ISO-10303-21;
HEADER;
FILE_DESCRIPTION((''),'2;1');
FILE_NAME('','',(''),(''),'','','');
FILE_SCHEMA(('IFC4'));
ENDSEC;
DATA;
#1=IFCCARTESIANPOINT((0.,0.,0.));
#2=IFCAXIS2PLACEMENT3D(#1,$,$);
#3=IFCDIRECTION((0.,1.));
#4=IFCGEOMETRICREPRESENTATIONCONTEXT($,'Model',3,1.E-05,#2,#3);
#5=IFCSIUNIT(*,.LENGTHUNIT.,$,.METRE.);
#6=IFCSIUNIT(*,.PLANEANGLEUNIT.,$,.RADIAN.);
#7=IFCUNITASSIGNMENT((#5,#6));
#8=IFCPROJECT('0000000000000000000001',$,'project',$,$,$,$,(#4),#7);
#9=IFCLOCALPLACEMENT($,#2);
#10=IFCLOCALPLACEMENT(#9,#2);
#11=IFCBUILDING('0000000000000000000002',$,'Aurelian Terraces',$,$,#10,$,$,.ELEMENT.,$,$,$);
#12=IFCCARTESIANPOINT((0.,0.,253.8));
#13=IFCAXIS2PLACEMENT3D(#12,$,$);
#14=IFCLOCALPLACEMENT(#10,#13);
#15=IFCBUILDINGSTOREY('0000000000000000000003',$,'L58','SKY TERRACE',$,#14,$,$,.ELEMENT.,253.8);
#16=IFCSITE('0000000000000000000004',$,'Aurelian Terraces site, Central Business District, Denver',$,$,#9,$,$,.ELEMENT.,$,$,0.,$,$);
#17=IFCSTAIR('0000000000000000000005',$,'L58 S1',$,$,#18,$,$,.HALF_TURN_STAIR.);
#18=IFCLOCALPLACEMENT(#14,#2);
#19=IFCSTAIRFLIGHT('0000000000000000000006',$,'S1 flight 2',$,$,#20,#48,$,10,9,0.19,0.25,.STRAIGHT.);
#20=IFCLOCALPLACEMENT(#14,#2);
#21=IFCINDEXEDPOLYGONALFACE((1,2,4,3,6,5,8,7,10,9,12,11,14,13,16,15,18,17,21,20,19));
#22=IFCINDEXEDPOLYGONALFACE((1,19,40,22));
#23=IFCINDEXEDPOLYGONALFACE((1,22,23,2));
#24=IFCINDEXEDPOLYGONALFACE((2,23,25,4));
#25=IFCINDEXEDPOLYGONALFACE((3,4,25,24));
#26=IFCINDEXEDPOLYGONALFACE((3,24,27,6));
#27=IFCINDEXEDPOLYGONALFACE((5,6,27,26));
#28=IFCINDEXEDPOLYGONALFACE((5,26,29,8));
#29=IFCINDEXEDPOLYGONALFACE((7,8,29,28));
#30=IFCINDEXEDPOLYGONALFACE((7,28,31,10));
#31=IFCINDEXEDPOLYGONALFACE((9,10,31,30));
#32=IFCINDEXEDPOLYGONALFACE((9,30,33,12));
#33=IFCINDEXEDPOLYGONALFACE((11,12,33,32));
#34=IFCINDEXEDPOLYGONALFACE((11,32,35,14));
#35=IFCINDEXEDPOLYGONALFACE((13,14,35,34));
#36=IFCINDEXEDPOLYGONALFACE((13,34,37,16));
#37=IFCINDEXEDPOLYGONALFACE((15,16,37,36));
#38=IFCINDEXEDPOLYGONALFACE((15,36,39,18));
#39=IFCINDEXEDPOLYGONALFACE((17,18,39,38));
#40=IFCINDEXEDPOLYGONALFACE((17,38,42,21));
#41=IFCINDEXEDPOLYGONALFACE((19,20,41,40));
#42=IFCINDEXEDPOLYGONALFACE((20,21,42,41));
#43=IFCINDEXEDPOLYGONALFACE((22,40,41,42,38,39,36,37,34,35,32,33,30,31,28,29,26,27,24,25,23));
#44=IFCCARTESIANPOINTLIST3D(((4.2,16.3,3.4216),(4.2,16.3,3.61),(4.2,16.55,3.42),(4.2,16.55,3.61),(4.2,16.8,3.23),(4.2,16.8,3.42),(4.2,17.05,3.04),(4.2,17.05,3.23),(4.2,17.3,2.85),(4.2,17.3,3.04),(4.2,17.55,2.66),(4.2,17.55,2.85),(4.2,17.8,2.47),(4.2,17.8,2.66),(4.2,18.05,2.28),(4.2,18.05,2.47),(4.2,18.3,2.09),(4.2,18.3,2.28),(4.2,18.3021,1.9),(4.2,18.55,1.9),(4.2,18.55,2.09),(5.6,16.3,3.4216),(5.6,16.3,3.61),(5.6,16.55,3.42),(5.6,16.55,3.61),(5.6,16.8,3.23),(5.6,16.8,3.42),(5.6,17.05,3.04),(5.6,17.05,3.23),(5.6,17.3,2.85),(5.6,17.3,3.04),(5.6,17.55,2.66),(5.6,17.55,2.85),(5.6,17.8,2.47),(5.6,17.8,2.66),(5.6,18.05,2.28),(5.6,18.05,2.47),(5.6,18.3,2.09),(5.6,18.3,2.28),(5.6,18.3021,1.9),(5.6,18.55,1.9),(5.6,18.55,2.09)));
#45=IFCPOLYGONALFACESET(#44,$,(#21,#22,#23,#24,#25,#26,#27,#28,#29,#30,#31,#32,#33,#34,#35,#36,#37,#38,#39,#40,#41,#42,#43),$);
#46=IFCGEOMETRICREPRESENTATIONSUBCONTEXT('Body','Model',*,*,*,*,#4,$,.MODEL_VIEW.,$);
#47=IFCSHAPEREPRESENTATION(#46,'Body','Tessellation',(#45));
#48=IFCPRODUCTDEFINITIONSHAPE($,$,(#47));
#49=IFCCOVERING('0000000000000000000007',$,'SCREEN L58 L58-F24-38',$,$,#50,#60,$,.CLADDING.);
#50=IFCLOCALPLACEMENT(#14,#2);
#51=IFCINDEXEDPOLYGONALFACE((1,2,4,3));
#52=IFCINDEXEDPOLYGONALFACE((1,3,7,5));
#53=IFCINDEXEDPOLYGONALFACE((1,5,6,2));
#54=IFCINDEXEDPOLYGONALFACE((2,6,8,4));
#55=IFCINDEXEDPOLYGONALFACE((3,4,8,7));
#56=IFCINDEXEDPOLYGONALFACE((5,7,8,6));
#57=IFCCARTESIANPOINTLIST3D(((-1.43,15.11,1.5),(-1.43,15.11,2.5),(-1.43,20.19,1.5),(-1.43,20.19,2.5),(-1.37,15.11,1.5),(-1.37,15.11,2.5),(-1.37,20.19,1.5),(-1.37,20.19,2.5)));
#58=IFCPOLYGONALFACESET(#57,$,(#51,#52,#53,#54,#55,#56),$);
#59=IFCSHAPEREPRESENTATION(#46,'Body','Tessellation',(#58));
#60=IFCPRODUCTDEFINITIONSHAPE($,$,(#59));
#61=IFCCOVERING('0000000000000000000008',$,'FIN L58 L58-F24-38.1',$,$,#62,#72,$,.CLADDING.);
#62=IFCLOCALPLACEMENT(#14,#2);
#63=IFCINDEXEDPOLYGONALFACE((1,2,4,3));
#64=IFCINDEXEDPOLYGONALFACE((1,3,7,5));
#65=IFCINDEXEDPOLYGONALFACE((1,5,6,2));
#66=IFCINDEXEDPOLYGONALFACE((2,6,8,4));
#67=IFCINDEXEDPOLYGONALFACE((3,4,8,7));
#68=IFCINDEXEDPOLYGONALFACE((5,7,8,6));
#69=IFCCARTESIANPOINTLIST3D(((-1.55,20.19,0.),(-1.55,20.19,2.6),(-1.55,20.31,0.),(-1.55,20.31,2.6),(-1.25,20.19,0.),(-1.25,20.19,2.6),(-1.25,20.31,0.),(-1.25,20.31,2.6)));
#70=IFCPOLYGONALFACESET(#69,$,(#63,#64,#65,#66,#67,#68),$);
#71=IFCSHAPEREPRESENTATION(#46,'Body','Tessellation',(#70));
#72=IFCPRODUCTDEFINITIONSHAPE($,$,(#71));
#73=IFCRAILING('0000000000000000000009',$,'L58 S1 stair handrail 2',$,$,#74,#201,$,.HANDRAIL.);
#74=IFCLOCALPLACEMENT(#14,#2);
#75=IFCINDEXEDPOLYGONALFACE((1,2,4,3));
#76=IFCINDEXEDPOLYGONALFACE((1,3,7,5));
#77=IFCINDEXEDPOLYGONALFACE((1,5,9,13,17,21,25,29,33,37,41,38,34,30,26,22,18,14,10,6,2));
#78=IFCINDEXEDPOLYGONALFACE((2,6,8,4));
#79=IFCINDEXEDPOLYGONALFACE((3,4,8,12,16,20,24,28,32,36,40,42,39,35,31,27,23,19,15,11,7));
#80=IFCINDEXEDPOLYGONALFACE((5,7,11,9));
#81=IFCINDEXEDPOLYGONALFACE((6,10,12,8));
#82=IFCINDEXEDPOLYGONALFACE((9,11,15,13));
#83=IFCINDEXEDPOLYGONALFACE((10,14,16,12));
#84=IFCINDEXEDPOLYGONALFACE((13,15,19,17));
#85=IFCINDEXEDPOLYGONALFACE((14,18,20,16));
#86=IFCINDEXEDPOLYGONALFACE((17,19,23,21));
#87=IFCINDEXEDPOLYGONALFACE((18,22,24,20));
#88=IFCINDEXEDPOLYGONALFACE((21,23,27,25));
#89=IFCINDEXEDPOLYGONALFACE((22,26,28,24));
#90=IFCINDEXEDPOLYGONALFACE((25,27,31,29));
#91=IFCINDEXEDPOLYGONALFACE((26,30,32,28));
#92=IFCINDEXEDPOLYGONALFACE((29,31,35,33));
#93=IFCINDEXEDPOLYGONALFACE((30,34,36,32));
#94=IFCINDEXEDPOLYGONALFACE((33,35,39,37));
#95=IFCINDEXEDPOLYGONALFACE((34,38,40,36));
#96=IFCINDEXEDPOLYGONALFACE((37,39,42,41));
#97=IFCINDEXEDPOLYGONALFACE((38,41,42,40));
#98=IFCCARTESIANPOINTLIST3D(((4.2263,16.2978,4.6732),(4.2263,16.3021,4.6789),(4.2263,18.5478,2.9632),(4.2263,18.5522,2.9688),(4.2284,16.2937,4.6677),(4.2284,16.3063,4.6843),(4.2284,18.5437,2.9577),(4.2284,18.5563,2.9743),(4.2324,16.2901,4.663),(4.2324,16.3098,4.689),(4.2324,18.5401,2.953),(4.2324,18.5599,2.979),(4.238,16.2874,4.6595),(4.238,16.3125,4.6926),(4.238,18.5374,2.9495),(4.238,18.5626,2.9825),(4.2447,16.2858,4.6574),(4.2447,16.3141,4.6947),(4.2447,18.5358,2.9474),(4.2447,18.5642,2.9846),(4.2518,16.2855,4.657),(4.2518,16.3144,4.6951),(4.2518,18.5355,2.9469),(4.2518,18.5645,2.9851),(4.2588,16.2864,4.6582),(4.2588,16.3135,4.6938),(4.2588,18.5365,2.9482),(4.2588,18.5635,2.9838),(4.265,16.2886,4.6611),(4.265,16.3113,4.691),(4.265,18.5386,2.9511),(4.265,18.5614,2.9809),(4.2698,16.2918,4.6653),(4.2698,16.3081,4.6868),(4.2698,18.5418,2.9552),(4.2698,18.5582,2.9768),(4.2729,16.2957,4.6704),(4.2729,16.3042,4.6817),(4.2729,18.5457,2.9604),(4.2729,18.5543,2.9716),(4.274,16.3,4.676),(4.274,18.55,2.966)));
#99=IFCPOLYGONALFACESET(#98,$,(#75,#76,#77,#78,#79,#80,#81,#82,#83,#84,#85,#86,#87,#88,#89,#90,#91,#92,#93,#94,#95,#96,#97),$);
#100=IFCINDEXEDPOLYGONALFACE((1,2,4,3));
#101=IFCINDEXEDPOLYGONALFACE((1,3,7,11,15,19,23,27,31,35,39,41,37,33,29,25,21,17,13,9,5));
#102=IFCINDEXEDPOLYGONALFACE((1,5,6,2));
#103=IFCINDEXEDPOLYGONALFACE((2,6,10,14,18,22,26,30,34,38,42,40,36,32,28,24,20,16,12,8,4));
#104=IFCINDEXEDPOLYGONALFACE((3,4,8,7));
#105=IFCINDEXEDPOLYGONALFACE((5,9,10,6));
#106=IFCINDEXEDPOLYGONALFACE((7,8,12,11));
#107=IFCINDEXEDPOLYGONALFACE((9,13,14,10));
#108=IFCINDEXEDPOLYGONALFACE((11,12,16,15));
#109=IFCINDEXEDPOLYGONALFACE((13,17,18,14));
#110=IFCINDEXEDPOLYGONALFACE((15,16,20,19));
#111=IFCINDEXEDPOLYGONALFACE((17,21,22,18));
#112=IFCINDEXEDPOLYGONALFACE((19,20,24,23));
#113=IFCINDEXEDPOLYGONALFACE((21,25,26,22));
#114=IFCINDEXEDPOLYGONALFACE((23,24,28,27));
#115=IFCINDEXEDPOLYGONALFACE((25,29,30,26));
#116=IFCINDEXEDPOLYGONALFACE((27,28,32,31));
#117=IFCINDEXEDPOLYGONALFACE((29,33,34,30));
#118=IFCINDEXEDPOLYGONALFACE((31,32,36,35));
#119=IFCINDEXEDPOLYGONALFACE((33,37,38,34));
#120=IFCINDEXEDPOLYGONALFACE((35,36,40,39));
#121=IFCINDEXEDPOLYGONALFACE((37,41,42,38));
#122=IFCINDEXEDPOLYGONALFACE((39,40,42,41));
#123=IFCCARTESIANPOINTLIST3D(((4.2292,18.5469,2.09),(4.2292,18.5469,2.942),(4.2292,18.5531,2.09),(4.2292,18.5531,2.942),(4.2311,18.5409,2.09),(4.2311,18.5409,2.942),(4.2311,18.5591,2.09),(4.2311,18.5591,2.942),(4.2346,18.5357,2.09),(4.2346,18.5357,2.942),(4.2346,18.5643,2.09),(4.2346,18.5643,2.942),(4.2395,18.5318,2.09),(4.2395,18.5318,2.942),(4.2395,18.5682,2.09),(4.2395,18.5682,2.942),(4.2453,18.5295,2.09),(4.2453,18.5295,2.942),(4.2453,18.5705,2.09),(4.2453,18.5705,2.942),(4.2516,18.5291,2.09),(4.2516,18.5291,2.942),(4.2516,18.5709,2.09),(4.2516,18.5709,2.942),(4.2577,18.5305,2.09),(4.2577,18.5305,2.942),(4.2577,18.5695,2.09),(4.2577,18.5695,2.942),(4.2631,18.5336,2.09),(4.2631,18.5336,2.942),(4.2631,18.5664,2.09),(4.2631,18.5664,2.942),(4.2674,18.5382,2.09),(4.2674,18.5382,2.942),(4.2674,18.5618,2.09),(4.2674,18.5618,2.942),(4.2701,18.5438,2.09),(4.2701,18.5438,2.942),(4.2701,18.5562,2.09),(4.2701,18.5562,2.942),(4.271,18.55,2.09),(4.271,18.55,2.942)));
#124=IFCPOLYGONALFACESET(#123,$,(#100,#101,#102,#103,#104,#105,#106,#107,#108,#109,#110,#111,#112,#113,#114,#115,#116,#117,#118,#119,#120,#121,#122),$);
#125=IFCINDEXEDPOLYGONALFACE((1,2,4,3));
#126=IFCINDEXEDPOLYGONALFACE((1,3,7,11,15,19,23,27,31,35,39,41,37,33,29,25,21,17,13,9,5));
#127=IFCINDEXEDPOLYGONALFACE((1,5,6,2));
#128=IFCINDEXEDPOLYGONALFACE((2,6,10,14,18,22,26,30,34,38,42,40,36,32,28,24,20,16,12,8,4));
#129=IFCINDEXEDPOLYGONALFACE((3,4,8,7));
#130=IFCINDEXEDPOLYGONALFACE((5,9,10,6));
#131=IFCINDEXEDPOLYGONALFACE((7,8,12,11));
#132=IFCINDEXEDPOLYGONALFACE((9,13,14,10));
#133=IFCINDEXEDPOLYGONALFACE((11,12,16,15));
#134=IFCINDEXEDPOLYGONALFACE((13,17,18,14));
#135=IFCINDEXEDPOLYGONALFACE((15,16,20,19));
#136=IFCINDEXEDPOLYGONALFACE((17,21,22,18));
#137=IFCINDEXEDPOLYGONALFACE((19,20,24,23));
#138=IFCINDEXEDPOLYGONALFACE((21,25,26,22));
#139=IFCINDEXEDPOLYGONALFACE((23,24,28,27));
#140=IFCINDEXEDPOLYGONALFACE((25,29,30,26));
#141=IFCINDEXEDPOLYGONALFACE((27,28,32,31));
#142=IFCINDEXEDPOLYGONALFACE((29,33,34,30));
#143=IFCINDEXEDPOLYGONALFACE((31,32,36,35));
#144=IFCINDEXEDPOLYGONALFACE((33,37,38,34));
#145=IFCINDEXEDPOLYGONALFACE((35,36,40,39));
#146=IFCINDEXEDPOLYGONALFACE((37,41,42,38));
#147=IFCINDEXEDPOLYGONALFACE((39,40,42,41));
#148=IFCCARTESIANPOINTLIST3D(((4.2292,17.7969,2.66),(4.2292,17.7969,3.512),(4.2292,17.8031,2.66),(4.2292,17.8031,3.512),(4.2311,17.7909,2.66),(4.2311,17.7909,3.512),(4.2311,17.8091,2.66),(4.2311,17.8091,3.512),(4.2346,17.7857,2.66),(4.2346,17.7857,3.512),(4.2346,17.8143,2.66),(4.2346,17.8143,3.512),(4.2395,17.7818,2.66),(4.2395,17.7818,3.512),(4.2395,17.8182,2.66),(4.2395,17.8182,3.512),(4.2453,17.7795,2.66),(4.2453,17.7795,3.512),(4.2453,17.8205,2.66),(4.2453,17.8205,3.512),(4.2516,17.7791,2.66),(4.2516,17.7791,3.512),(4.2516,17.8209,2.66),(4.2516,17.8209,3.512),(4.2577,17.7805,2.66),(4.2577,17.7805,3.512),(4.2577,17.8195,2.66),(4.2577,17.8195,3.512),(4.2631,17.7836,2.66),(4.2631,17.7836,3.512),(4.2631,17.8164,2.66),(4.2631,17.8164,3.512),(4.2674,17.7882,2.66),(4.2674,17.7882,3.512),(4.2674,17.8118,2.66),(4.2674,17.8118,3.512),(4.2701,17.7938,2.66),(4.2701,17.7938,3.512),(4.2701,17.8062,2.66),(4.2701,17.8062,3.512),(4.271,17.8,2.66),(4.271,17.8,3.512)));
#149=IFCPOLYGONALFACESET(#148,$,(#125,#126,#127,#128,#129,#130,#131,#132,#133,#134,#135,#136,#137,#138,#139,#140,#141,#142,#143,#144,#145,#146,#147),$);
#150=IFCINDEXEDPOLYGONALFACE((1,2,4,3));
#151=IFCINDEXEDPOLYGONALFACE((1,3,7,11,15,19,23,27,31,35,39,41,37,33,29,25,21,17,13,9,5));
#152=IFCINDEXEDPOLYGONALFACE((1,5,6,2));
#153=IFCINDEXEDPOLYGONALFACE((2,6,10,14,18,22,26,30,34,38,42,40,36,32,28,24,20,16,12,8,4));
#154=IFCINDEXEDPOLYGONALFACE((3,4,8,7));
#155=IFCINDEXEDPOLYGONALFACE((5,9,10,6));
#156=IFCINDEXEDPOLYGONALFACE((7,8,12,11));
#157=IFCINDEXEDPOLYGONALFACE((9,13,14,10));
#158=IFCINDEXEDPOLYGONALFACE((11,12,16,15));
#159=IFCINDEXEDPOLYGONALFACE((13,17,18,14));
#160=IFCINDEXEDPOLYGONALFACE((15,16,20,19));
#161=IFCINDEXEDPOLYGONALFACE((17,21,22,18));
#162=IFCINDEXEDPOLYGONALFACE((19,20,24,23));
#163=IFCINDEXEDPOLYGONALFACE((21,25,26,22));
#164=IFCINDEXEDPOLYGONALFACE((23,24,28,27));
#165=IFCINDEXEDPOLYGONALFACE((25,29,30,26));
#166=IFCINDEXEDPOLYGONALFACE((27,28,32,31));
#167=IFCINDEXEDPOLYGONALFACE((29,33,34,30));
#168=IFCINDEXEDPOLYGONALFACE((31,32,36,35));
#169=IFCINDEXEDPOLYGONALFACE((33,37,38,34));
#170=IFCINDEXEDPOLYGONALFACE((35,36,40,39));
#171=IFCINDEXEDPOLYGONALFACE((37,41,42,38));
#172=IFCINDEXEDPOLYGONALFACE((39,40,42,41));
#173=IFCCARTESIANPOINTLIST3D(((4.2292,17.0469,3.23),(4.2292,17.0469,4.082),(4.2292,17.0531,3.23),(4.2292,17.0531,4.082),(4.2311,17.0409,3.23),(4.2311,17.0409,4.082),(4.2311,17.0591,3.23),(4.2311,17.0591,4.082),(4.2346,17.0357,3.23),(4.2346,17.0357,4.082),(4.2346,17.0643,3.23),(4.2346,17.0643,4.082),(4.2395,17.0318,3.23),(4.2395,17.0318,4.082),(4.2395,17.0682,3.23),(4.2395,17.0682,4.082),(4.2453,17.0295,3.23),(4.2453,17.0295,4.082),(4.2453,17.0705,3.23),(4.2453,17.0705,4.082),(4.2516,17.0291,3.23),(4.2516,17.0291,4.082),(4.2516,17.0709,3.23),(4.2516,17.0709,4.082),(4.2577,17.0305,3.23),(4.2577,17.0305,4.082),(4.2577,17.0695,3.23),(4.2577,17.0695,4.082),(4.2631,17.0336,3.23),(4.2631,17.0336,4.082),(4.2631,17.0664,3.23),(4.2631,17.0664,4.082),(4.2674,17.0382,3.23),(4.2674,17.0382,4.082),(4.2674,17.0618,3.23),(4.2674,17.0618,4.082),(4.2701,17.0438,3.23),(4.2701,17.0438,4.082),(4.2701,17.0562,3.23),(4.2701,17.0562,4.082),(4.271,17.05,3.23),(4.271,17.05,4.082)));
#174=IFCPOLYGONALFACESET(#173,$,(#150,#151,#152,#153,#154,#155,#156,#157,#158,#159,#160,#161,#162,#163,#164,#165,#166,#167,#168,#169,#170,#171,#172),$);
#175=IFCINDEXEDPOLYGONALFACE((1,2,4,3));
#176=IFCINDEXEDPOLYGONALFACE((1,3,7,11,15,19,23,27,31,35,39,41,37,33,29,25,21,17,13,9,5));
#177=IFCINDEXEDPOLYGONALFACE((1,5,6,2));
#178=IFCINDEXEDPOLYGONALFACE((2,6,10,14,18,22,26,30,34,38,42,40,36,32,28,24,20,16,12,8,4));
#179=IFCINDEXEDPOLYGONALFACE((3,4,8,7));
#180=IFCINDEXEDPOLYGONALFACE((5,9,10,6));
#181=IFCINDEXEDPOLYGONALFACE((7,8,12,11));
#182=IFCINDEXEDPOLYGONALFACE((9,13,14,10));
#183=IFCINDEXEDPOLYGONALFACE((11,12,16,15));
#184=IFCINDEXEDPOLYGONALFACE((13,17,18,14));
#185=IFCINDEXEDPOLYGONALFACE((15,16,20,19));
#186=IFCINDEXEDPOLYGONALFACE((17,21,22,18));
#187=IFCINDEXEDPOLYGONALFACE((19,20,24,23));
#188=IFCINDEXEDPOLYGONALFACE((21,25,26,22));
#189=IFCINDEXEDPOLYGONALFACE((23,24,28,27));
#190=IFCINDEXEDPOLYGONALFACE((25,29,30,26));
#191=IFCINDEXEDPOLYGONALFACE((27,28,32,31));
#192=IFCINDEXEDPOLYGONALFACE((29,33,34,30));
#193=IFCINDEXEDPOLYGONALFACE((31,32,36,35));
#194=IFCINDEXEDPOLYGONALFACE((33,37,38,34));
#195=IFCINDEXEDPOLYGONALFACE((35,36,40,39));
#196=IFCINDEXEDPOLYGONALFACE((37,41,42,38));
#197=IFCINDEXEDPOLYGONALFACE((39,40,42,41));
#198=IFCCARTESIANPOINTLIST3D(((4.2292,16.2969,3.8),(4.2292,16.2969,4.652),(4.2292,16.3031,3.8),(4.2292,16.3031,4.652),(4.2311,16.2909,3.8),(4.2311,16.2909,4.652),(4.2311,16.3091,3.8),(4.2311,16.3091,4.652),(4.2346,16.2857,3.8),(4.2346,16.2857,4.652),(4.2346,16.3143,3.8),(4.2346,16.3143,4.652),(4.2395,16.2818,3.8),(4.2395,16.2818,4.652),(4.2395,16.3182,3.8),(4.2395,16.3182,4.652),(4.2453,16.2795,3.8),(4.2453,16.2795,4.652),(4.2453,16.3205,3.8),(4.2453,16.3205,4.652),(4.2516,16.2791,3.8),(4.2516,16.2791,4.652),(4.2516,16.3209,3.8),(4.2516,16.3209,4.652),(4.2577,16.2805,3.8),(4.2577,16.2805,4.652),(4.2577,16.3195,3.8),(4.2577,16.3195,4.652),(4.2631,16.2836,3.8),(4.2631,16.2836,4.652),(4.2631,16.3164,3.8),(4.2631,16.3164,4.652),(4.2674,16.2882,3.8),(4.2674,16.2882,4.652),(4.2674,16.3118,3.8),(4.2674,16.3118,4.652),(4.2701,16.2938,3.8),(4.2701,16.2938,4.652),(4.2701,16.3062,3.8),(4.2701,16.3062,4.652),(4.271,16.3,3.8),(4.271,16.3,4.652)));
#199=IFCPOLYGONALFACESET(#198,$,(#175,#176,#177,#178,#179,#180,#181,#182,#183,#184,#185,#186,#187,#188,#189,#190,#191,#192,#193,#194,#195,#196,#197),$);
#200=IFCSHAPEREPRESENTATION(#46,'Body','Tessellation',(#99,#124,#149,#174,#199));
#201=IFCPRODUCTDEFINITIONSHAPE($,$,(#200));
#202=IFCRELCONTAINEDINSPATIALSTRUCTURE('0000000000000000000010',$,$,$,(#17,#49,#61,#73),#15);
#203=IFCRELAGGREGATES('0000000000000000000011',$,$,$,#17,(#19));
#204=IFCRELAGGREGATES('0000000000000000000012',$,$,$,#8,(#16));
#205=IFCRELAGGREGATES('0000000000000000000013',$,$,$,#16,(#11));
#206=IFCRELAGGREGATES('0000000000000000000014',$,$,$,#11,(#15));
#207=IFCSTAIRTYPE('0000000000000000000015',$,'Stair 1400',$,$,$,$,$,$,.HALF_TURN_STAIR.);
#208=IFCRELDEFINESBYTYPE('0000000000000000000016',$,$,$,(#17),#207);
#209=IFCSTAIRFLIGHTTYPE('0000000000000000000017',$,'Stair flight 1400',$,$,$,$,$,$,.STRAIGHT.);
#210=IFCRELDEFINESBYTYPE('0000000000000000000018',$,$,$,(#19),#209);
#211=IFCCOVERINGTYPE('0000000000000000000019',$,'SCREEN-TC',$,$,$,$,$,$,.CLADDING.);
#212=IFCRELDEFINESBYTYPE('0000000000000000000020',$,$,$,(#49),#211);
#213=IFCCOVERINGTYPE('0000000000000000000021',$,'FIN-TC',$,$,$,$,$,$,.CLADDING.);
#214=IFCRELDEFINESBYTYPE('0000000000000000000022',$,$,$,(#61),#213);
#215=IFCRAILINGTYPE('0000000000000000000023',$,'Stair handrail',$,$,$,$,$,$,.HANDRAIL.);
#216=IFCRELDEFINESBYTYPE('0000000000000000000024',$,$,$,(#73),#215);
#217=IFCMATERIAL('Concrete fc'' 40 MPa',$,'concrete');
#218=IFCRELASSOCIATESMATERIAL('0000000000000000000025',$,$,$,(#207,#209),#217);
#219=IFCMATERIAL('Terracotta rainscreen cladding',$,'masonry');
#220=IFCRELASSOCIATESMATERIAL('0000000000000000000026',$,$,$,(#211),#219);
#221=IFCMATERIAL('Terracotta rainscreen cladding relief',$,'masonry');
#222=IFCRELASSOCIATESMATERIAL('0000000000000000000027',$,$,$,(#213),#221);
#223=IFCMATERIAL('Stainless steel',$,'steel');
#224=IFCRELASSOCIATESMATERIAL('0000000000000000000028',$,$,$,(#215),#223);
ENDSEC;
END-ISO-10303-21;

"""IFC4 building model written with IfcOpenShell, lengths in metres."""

from ifc_helpers import new_model, si_unit, direction, frame, origin, origin_2d, place, context, subcontext, project, spatial, polyline, rectangle, circle, outline, extrude, source, transform, mapped, material, type_object, element, aggregate, save


model = new_model("IFC4")

# Units and contexts
model_context = context("Model", 3, precision=1e-05, world=origin(), true_north=direction((0.0, 1.0)))
body_context = subcontext(model_context, "Body", "Model", "MODEL_VIEW")
ifc_project = project(units=[si_unit("LENGTHUNIT", "METRE"), si_unit("PLANEANGLEUNIT", "RADIAN")], contexts=[model_context])

# Site, building, storey
site_placement = place(None, origin())
site = spatial("IfcSite", under=ifc_project, at=site_placement, Name="Aurelian Terraces site, Central Business District, Denver", CompositionType="ELEMENT", RefElevation=0.0)
building_placement = place(site_placement, origin())
building = spatial("IfcBuilding", under=site, at=building_placement, Name="Aurelian Terraces", CompositionType="ELEMENT")
storey_placement = place(building_placement, frame((0.0, 0.0, 253.8)))
storey = spatial("IfcBuildingStorey", under=building, at=storey_placement, Name="L58", Description="SKY TERRACE", CompositionType="ELEMENT", Elevation=253.8)

# Shared definitions
ifc_material_1 = material(Name="Terracotta rainscreen cladding", Category="masonry")

# Stair, stair flight
ifc_material_2 = material(Name="Concrete fc' 40 MPa", Category="concrete")
stair_type = type_object("IfcStairType", Name="Stair 1400", PredefinedType="HALF_TURN_STAIR", material=ifc_material_2)
stair_placement = place(storey_placement, origin())
stair = element("IfcStair", 1, at=stair_placement, inside=storey, type_object=stair_type, Name="L58 S1", PredefinedType="HALF_TURN_STAIR")
stair_flight_type = type_object("IfcStairFlightType", Name="Stair flight 1400", PredefinedType="STRAIGHT", material=ifc_material_2)
shared_shape_1 = source(origin(), body_context, "Body", "SweptSolid", [
    extrude(outline(polyline([(0.0, 0.0), (0.0, 0.19), (0.25, 0.19), (0.25, 0.38), (0.5, 0.38), (0.5, 0.57), (0.75, 0.57), (0.75, 0.76), (1.0, 0.76), (1.0, 0.95), (1.25, 0.95), (1.25, 1.14), (1.5, 1.14), (1.5, 1.33), (1.75, 1.33), (1.75, 1.52), (2.0, 1.52), (2.0, 1.71), (2.25, 1.71), (2.25, 1.9), (2.25, 1.5216), (0.2479, 0.0), (0.0, 0.0)])), frame((0.0, 0.7, 0.0), z_axis=(0.0, -1.0, 0.0), x_axis=(1.0, 0.0, 0.0)), (0.0, 0.0, 1.0), 1.4),
])
stair_flight_placement = place(storey_placement, frame((4.9, 18.55, 1.9), z_axis=(0.0, 0.0, 1.0), x_axis=(0.0, -1.0, 0.0)))
stair_flight = element("IfcStairFlight", 2, at=stair_flight_placement, type_object=stair_flight_type, Name="S1 flight 2", NumberOfRisers=10, NumberOfTreads=9, PredefinedType="STRAIGHT", RiserHeight=0.19, TreadLength=0.25, context=body_context, shape_type="MappedRepresentation", body=[
    mapped(shared_shape_1, transform((0.0, 0.0, 0.0), scale=1.0)),
])
aggregate(stair, [stair_flight])

# Coverings
covering_type_1 = type_object("IfcCoveringType", Name="SCREEN-TC", PredefinedType="CLADDING", material=ifc_material_1)
covering_1_placement = place(storey_placement, frame((-1.4, 17.65, 1.5), z_axis=(0.0, 0.0, 1.0), x_axis=(1.0, 0.0, 0.0)))
element("IfcCovering", 3, at=covering_1_placement, inside=storey, type_object=covering_type_1, Name="SCREEN L58 L58-F24-38", PredefinedType="CLADDING", context=body_context, shape_type="SweptSolid", body=[
    extrude(rectangle(XDim=0.06, YDim=5.08, at=origin_2d()), origin(), (0.0, 0.0, 1.0), 1.0),
])
ifc_material_3 = material(Name="Terracotta rainscreen cladding relief", Category="masonry")
covering_type_2 = type_object("IfcCoveringType", Name="FIN-TC", PredefinedType="CLADDING", material=ifc_material_3)
shared_shape_2 = source(origin(), body_context, "Body", "SweptSolid", [
    extrude(rectangle(XDim=0.3, YDim=0.12, at=origin_2d()), origin(), (0.0, 0.0, 1.0), 2.6),
])
covering_2_placement = place(storey_placement, frame((-1.4, 20.25, 0.0), z_axis=(0.0, 0.0, 1.0), x_axis=(1.0, 0.0, 0.0)))
element("IfcCovering", 4, at=covering_2_placement, inside=storey, type_object=covering_type_2, Name="FIN L58 L58-F24-38.1", PredefinedType="CLADDING", context=body_context, shape_type="MappedRepresentation", body=[
    mapped(shared_shape_2, transform((0.0, 0.0, 0.0), scale=1.0)),
])

# Railing
ifc_material_4 = material(Name="Stainless steel", Category="steel")
railing_type_1 = type_object("IfcRailingType", Name="Stair handrail", PredefinedType="HANDRAIL", material=ifc_material_4)
shared_shape_3 = source(origin(), body_context, "Body", "SweptSolid", [
    extrude(circle(Radius=0.024, at=origin_2d()), frame((0.0, 0.0, 0.876), z_axis=(0.0, -0.796162, 0.605083), x_axis=(1.0, 0.0, 0.0)), (0.0, 0.0, 1.0), 2.8261),
    extrude(circle(Radius=0.021, at=origin_2d()), origin(), (0.0, 0.0, 1.0), 0.852),
    extrude(circle(Radius=0.021, at=origin_2d()), frame((0.0, -0.75, 0.57)), (0.0, 0.0, 1.0), 0.852),
    extrude(circle(Radius=0.021, at=origin_2d()), frame((0.0, -1.5, 1.14)), (0.0, 0.0, 1.0), 0.852),
    extrude(circle(Radius=0.021, at=origin_2d()), frame((0.0, -2.25, 1.71)), (0.0, 0.0, 1.0), 0.852),
])
railing_1_placement = place(storey_placement, frame((4.25, 18.55, 2.09)))
element("IfcRailing", 5, at=railing_1_placement, inside=storey, type_object=railing_type_1, Name="L58 S1 stair handrail 2", PredefinedType="HANDRAIL", context=body_context, shape_type="MappedRepresentation", body=[
    mapped(shared_shape_3, transform((0.0, 0.0, 0.0), scale=1.0)),
])

save(model, "model.ifc")
